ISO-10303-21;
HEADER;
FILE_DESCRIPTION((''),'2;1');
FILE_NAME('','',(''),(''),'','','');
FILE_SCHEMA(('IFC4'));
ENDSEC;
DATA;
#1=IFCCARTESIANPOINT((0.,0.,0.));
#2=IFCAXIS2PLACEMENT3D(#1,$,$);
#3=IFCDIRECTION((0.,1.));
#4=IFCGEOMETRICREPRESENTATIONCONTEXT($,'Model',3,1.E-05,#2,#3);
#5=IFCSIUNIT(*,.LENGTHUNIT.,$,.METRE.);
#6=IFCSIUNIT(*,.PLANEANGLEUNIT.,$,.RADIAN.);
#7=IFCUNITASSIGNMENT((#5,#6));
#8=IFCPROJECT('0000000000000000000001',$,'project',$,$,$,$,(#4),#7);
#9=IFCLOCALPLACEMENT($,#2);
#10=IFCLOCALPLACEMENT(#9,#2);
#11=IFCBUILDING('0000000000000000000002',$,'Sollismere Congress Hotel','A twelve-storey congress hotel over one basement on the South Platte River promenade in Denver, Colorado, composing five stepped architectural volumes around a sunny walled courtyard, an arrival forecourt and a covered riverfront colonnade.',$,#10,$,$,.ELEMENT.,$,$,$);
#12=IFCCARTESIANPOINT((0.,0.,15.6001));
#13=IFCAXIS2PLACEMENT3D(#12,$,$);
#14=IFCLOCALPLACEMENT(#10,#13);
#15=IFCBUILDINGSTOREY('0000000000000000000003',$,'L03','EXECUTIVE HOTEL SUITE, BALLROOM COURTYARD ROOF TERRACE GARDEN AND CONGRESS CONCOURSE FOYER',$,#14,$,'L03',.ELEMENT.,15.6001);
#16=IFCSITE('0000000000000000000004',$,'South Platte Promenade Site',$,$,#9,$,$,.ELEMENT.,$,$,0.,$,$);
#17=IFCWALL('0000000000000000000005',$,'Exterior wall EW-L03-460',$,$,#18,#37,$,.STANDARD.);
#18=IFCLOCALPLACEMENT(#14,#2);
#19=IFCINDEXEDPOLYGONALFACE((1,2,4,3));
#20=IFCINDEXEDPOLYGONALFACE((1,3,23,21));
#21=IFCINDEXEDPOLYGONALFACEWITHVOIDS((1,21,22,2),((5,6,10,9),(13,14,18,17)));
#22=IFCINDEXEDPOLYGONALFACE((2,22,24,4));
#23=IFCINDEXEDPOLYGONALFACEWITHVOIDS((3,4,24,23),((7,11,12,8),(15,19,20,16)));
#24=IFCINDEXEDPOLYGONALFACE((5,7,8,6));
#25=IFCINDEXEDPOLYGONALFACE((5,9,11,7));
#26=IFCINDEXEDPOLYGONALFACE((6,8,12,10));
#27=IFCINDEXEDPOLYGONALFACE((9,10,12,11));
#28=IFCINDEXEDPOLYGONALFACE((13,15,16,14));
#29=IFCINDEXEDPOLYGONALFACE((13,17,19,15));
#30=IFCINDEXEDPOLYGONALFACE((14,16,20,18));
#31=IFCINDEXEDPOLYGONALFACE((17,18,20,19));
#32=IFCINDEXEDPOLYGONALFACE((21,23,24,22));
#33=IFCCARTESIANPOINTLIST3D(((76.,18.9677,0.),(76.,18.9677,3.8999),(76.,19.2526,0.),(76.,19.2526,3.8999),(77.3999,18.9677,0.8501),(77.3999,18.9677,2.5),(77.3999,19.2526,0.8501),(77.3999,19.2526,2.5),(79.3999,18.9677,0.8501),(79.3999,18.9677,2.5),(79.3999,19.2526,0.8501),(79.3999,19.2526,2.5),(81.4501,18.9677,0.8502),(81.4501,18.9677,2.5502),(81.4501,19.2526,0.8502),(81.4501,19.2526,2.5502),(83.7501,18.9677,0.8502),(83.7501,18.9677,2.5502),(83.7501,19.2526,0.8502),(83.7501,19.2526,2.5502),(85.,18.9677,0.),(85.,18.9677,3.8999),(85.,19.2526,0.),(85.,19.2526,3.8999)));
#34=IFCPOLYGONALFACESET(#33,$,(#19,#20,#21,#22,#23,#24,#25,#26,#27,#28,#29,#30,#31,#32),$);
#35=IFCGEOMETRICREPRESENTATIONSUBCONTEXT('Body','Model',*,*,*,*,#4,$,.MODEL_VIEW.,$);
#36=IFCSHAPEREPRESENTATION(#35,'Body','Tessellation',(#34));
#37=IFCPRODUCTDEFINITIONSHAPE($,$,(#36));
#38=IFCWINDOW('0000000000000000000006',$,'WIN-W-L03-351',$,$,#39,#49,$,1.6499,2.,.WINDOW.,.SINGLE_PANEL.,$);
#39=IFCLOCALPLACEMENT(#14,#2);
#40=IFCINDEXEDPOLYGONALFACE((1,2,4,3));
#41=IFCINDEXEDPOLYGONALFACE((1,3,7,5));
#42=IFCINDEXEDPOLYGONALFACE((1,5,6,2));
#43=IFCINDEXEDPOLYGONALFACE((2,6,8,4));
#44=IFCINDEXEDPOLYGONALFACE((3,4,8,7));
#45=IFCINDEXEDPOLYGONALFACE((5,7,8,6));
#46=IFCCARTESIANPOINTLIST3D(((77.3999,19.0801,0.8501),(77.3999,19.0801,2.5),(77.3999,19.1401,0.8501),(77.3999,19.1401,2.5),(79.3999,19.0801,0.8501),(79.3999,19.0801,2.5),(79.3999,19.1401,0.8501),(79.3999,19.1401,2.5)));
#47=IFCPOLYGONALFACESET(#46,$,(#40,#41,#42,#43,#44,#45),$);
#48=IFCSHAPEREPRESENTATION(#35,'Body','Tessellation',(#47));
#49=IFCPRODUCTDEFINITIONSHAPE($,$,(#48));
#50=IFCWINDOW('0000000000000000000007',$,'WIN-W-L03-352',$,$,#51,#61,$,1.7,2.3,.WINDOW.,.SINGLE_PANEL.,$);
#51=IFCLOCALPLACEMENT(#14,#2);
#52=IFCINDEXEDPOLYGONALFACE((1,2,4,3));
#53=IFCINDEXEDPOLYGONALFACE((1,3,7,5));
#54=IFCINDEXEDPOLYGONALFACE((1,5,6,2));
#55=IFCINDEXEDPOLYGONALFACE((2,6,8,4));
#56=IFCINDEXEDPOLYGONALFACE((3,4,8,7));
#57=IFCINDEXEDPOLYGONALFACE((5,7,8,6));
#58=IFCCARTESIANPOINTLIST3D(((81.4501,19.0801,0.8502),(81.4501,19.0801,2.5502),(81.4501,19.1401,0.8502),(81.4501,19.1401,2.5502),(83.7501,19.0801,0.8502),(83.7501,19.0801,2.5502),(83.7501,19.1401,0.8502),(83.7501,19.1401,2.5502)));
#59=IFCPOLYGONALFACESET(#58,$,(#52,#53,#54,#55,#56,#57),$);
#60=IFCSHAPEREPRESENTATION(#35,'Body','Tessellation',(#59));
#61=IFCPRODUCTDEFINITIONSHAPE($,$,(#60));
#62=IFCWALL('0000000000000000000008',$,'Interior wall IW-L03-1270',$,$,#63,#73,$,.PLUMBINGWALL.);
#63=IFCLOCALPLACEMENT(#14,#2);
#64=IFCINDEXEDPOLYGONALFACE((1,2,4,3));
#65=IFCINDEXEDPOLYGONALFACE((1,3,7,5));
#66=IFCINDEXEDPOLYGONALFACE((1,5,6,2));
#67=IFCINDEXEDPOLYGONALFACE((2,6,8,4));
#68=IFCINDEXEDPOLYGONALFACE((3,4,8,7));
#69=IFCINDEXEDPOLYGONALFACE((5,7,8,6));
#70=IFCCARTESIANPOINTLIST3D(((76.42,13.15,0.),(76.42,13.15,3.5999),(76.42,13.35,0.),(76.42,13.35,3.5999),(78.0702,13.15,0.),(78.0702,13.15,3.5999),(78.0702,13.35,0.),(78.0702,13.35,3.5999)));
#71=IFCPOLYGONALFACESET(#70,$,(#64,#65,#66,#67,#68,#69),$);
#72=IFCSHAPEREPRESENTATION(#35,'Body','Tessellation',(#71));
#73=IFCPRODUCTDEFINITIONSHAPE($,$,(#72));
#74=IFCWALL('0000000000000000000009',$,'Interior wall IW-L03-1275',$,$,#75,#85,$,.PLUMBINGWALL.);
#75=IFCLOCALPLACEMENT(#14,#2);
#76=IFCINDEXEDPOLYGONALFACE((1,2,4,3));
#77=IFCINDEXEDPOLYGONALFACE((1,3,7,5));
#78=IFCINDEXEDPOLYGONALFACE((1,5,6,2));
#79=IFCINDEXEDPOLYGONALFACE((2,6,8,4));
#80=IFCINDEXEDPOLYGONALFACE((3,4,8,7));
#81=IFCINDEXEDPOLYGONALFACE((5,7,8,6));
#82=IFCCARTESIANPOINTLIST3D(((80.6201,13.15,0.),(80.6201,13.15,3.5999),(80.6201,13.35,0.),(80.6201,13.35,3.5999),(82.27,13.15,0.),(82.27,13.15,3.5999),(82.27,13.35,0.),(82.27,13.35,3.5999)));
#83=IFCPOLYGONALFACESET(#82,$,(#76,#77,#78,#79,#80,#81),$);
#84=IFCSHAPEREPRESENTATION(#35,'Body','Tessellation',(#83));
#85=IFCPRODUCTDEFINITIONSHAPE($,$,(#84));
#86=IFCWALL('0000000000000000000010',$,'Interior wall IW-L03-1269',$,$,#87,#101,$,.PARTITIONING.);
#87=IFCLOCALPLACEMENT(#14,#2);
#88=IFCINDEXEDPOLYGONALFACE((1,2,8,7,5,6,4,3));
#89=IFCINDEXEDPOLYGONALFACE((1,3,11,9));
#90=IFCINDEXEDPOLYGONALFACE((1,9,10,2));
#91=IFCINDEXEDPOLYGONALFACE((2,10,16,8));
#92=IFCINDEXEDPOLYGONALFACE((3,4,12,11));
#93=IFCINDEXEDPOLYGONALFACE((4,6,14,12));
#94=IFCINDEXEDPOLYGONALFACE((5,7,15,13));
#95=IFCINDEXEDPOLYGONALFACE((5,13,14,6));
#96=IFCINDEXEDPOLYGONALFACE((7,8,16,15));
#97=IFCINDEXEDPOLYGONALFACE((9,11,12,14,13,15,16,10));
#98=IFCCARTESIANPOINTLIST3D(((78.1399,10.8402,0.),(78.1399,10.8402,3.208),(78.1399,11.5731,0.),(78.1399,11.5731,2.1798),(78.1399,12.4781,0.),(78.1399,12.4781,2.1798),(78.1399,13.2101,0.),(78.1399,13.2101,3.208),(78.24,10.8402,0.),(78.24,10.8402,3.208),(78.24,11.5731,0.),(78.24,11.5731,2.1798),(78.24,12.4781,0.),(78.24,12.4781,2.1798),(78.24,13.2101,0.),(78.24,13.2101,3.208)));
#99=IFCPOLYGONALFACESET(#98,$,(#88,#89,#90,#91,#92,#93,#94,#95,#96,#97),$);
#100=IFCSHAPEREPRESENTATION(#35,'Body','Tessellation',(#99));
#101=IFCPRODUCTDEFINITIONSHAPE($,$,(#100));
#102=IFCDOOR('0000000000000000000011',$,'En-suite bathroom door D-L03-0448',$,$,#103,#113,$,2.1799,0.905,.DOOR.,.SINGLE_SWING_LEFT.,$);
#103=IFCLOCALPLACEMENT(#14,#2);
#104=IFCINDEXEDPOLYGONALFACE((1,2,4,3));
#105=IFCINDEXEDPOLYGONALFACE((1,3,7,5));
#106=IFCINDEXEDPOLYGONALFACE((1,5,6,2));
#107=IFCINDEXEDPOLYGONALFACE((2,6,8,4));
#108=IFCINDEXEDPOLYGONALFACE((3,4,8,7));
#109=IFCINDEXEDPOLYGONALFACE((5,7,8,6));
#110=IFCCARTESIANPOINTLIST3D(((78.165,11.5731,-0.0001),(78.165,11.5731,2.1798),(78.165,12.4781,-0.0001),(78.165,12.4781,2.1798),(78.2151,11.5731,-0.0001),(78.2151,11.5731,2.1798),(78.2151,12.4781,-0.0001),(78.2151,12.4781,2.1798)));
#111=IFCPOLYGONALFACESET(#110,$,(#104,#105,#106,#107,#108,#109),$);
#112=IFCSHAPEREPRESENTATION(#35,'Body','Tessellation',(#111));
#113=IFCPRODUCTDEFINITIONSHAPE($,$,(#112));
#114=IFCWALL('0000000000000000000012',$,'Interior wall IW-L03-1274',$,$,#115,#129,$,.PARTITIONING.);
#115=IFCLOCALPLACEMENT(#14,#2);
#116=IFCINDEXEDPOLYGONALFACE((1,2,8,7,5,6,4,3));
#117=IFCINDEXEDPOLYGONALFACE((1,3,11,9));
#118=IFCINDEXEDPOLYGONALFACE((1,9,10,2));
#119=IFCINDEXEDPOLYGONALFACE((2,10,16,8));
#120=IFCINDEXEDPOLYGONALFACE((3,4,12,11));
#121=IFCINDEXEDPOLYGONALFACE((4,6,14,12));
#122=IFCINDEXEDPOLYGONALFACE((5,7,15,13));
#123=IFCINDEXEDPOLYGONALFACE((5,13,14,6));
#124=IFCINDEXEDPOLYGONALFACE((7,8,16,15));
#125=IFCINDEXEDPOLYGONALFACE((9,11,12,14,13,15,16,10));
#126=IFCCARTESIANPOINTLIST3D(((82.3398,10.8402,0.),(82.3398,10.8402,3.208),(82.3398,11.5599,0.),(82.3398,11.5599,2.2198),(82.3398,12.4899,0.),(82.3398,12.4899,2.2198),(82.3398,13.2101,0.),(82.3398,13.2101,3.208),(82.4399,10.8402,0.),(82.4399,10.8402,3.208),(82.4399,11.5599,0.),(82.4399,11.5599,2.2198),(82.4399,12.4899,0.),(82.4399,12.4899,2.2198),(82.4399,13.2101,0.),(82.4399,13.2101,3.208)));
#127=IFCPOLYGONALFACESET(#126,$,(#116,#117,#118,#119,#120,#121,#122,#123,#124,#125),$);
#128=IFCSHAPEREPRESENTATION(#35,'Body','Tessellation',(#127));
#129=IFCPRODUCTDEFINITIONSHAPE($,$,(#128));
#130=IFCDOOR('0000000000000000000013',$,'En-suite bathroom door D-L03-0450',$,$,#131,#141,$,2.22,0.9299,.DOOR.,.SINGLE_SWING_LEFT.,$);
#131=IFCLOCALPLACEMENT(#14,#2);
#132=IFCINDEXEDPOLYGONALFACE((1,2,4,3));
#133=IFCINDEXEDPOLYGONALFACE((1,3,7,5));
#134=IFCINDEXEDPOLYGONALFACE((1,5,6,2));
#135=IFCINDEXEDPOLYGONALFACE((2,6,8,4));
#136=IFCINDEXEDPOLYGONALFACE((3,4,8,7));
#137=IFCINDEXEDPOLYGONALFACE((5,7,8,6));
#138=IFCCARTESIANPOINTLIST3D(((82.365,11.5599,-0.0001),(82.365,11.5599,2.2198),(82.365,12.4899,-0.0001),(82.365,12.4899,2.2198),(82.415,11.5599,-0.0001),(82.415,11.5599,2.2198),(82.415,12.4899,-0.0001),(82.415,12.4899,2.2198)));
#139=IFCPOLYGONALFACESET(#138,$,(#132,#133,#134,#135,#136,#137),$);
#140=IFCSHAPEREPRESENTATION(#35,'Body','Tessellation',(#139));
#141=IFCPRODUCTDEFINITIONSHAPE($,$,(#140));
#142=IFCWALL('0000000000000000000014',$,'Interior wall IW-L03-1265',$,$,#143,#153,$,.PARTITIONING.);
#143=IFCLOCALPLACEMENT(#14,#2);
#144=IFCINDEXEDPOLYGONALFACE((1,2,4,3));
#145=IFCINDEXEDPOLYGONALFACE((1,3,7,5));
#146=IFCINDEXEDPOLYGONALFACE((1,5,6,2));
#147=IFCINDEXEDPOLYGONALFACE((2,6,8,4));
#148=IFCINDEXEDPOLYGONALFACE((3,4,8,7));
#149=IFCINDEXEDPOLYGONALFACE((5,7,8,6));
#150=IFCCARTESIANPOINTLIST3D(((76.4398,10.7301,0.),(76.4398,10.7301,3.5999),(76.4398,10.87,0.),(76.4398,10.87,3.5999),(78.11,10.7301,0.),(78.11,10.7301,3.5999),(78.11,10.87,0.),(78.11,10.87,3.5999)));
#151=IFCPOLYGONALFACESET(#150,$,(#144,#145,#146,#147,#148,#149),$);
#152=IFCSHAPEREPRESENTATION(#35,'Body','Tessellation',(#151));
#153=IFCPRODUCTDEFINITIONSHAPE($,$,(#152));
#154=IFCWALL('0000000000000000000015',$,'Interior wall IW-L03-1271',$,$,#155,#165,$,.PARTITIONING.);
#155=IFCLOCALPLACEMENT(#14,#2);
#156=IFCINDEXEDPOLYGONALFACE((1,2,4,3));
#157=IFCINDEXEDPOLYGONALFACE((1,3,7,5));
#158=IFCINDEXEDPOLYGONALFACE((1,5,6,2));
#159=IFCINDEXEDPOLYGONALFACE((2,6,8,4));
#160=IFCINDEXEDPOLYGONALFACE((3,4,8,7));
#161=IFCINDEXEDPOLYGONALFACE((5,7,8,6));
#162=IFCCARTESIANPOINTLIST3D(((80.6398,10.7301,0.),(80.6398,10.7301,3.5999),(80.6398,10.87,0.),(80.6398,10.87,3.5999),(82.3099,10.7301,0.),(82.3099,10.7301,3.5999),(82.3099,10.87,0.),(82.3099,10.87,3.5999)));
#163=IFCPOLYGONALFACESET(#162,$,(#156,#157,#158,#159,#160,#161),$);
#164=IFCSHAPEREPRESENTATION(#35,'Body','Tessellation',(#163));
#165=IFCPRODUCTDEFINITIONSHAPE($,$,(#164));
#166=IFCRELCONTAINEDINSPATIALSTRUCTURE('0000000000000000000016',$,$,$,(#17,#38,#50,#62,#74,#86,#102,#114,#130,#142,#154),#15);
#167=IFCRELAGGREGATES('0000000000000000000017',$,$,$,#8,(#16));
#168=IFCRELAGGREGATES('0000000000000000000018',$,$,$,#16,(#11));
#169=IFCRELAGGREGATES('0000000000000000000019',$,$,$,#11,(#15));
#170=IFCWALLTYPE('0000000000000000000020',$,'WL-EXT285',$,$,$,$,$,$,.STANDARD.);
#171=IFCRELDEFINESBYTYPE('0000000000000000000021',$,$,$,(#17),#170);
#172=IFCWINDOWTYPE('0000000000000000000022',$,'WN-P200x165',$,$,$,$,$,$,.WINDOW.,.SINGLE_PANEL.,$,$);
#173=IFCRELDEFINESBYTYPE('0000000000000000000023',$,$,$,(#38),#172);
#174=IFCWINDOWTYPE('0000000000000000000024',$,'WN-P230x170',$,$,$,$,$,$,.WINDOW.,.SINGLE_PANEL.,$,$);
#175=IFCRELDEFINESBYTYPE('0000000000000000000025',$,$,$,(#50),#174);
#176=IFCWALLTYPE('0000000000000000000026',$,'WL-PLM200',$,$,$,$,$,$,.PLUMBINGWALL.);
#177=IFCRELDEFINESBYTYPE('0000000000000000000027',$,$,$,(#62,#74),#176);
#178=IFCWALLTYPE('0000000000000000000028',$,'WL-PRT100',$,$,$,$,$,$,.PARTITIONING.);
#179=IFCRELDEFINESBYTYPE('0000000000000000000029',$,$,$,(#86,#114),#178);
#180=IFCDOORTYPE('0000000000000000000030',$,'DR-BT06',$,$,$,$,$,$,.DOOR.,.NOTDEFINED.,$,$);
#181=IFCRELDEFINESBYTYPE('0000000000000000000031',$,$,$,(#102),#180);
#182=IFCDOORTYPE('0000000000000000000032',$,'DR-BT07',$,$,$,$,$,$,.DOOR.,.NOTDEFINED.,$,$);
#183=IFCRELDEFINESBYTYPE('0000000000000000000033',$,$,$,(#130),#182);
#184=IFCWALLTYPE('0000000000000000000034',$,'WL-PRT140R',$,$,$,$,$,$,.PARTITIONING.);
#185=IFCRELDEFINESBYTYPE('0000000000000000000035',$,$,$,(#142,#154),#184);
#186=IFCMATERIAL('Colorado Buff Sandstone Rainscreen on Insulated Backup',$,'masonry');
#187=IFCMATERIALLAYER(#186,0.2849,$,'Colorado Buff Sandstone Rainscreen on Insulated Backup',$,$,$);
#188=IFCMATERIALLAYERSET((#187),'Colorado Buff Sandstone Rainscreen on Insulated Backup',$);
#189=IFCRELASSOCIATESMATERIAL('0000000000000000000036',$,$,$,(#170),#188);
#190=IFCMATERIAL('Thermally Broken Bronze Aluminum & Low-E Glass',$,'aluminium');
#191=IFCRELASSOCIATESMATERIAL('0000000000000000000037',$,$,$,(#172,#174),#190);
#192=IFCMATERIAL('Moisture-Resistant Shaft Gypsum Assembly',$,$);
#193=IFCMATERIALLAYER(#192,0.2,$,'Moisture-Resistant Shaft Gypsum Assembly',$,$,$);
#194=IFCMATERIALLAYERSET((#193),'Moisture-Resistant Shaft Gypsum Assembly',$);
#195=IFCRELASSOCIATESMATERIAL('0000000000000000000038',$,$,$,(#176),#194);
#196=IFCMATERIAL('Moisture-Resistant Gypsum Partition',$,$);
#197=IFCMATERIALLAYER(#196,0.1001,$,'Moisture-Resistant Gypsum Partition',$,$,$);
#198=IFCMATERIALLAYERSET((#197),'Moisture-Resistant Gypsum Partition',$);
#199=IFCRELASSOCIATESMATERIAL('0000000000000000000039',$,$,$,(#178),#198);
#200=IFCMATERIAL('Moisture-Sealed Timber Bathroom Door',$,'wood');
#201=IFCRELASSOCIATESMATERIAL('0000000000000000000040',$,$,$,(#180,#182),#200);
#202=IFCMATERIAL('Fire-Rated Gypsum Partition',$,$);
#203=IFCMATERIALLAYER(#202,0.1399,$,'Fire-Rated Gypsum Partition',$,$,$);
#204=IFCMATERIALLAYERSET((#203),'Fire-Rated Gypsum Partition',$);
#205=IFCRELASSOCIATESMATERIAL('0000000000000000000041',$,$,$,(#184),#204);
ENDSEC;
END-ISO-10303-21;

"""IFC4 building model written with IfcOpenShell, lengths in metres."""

from ifc_helpers import new_model, si_unit, direction, frame, frame_2d, origin, place, context, subcontext, project, spatial, rectangle, extrude, material, layer, layer_set, type_object, element, fill, save


model = new_model("IFC4")

# Units and contexts
model_context = context("Model", 3, precision=1e-05, world=origin(), true_north=direction((0.0, 1.0)))
body_context = subcontext(model_context, "Body", "Model", "MODEL_VIEW")
ifc_project = project(units=[si_unit("LENGTHUNIT", "METRE"), si_unit("PLANEANGLEUNIT", "RADIAN")], contexts=[model_context])

# Site, building, storey
site_placement = place(None, origin())
site = spatial("IfcSite", under=ifc_project, at=site_placement, Name="South Platte Promenade Site", CompositionType="ELEMENT", RefElevation=0.0)
building_placement = place(site_placement, origin())
building = spatial("IfcBuilding", under=site, at=building_placement, Name="Sollismere Congress Hotel", Description="A twelve-storey congress hotel over one basement on the South Platte River promenade in Denver, Colorado, composing five stepped architectural volumes around a sunny walled courtyard, an arrival forecourt and a covered riverfront colonnade.", CompositionType="ELEMENT")
storey_placement = place(building_placement, frame((0.0, 0.0, 15.6001)))
storey = spatial("IfcBuildingStorey", under=building, at=storey_placement, Name="L03", Description="EXECUTIVE HOTEL SUITE, BALLROOM COURTYARD ROOF TERRACE GARDEN AND CONGRESS CONCOURSE FOYER", LongName="L03", CompositionType="ELEMENT", Elevation=15.6001)

# Wall, openings, windows
ifc_material_1 = material(Name="Colorado Buff Sandstone Rainscreen on Insulated Backup", Category="masonry")
ifc_layer_1 = layer(ifc_material_1, 0.2849, Name="Colorado Buff Sandstone Rainscreen on Insulated Backup")
ifc_layer_set_1 = layer_set([ifc_layer_1], Name="Colorado Buff Sandstone Rainscreen on Insulated Backup")
wall_type_1 = type_object("IfcWallType", Name="WL-EXT285", PredefinedType="STANDARD", material=ifc_layer_set_1)
wall_1_placement = place(storey_placement, frame((85.0, 19.1101, 0.0), z_axis=(0.0, 0.0, 1.0), x_axis=(-1.0, 0.0, 0.0)))
wall_1 = element("IfcWall", 1, at=wall_1_placement, inside=storey, type_object=wall_type_1, Name="Exterior wall EW-L03-460", PredefinedType="STANDARD", context=body_context, shape_type="SweptSolid", body=[
    extrude(rectangle(XDim=9.0, YDim=0.2849, at=frame_2d((4.5, 0.0))), origin(), (0.0, 0.0, 1.0), 3.8999),
])
opening_1_placement = place(wall_1_placement, frame((5.6001, 0.0, 0.8501)))
opening_1 = element("IfcOpeningElement", 2, at=opening_1_placement, cuts=wall_1, PredefinedType="OPENING", context=body_context, shape_type="SweptSolid", body=[
    extrude(rectangle(XDim=2.0, YDim=1.6499, at=frame_2d((1.0, 0.825))), frame((0.0, 0.1523, 0.0), z_axis=(0.0, -1.0, 0.0), x_axis=(1.0, 0.0, 0.0)), (0.0, 0.0, 1.0), 0.3049),
])
opening_2_placement = place(wall_1_placement, frame((1.25, 0.0, 0.8501)))
opening_2 = element("IfcOpeningElement", 3, at=opening_2_placement, cuts=wall_1, PredefinedType="OPENING", context=body_context, shape_type="SweptSolid", body=[
    extrude(rectangle(XDim=2.3, YDim=1.7, at=frame_2d((1.1499, 0.8501))), frame((0.0, 0.1523, 0.0), z_axis=(0.0, -1.0, 0.0), x_axis=(1.0, 0.0, 0.0)), (0.0, 0.0, 1.0), 0.3049),
])
ifc_material_2 = material(Name="Thermally Broken Bronze Aluminum & Low-E Glass", Category="aluminium")
window_type_1 = type_object("IfcWindowType", Name="WN-P200x165", PartitioningType="SINGLE_PANEL", PredefinedType="WINDOW", material=ifc_material_2)
window_1_placement = place(opening_1_placement, origin())
window_1 = element("IfcWindow", 4, at=window_1_placement, inside=storey, type_object=window_type_1, Name="WIN-W-L03-351", OverallHeight=1.6499, OverallWidth=2.0, PartitioningType="SINGLE_PANEL", PredefinedType="WINDOW", context=body_context, shape_type="SweptSolid", body=[
    extrude(rectangle(XDim=2.0, YDim=1.6499, at=frame_2d((1.0, 0.825))), frame((0.0, 0.03, 0.0), z_axis=(0.0, -1.0, 0.0), x_axis=(1.0, 0.0, 0.0)), (0.0, 0.0, 1.0), 0.0601),
])
fill(opening_1, window_1)
window_type_2 = type_object("IfcWindowType", Name="WN-P230x170", PartitioningType="SINGLE_PANEL", PredefinedType="WINDOW", material=ifc_material_2)
window_2_placement = place(opening_2_placement, origin())
window_2 = element("IfcWindow", 5, at=window_2_placement, inside=storey, type_object=window_type_2, Name="WIN-W-L03-352", OverallHeight=1.7, OverallWidth=2.3, PartitioningType="SINGLE_PANEL", PredefinedType="WINDOW", context=body_context, shape_type="SweptSolid", body=[
    extrude(rectangle(XDim=2.3, YDim=1.7, at=frame_2d((1.1499, 0.8501))), frame((0.0, 0.03, 0.0), z_axis=(0.0, -1.0, 0.0), x_axis=(1.0, 0.0, 0.0)), (0.0, 0.0, 1.0), 0.0601),
])
fill(opening_2, window_2)

# Walls
ifc_material_3 = material(Name="Moisture-Resistant Shaft Gypsum Assembly")
ifc_layer_2 = layer(ifc_material_3, 0.2, Name="Moisture-Resistant Shaft Gypsum Assembly")
ifc_layer_set_2 = layer_set([ifc_layer_2], Name="Moisture-Resistant Shaft Gypsum Assembly")
wall_type_2 = type_object("IfcWallType", Name="WL-PLM200", PredefinedType="PLUMBINGWALL", material=ifc_layer_set_2)
wall_2_placement = place(storey_placement, frame((76.4199, 13.25, 0.0), z_axis=(0.0, 0.0, 1.0), x_axis=(1.0, 0.0, 0.0)))
element("IfcWall", 6, at=wall_2_placement, inside=storey, type_object=wall_type_2, Name="Interior wall IW-L03-1270", PredefinedType="PLUMBINGWALL", context=body_context, shape_type="SweptSolid", body=[
    extrude(rectangle(XDim=1.6501, YDim=0.2, at=frame_2d((0.8252, 0.0))), origin(), (0.0, 0.0, 1.0), 3.5999),
])
wall_3_placement = place(storey_placement, frame((80.6201, 13.25, 0.0), z_axis=(0.0, 0.0, 1.0), x_axis=(1.0, 0.0, 0.0)))
element("IfcWall", 7, at=wall_3_placement, inside=storey, type_object=wall_type_2, Name="Interior wall IW-L03-1275", PredefinedType="PLUMBINGWALL", context=body_context, shape_type="SweptSolid", body=[
    extrude(rectangle(XDim=1.6499, YDim=0.2, at=frame_2d((0.825, 0.0))), origin(), (0.0, 0.0, 1.0), 3.5999),
])

# Walls, openings, doors
ifc_material_4 = material(Name="Moisture-Resistant Gypsum Partition")
ifc_layer_3 = layer(ifc_material_4, 0.1001, Name="Moisture-Resistant Gypsum Partition")
ifc_layer_set_3 = layer_set([ifc_layer_3], Name="Moisture-Resistant Gypsum Partition")
wall_type_3 = type_object("IfcWallType", Name="WL-PRT100", PredefinedType="PARTITIONING", material=ifc_layer_set_3)
wall_4_placement = place(storey_placement, frame((78.1899, 10.8401, 0.0), z_axis=(0.0, 0.0, 1.0), x_axis=(0.0, 1.0, 0.0)))
wall_4 = element("IfcWall", 8, at=wall_4_placement, inside=storey, type_object=wall_type_3, Name="Interior wall IW-L03-1269", PredefinedType="PARTITIONING", context=body_context, shape_type="SweptSolid", body=[
    extrude(rectangle(XDim=2.3699, YDim=0.1001, at=frame_2d((1.1851, 0.0))), origin(), (0.0, 0.0, 1.0), 3.208),
])
opening_3_placement = place(wall_4_placement, frame((0.7329, 0.0, 0.0)))
opening_3 = element("IfcOpeningElement", 9, at=opening_3_placement, cuts=wall_4, PredefinedType="OPENING", context=body_context, shape_type="SweptSolid", body=[
    extrude(rectangle(XDim=0.905, YDim=2.1799, at=frame_2d((0.4526, 1.0898))), frame((0.0, 0.0601, 0.0), z_axis=(0.0, -1.0, 0.0), x_axis=(1.0, 0.0, 0.0)), (0.0, 0.0, 1.0), 0.1201),
])
ifc_material_5 = material(Name="Moisture-Sealed Timber Bathroom Door", Category="wood")
door_type_1 = type_object("IfcDoorType", Name="DR-BT06", OperationType="NOTDEFINED", PredefinedType="DOOR", material=ifc_material_5)
door_1_placement = place(opening_3_placement, origin())
door_1 = element("IfcDoor", 10, at=door_1_placement, inside=storey, type_object=door_type_1, Name="En-suite bathroom door D-L03-0448", OperationType="SINGLE_SWING_LEFT", OverallHeight=2.1799, OverallWidth=0.905, PredefinedType="DOOR", context=body_context, shape_type="SweptSolid", body=[
    extrude(rectangle(XDim=0.905, YDim=2.1799, at=frame_2d((0.4526, 1.0898))), frame((0.0, 0.0249, 0.0), z_axis=(0.0, -1.0, 0.0), x_axis=(1.0, 0.0, 0.0)), (0.0, 0.0, 1.0), 0.05),
])
fill(opening_3, door_1)
wall_5_placement = place(storey_placement, frame((82.3899, 10.8401, 0.0), z_axis=(0.0, 0.0, 1.0), x_axis=(0.0, 1.0, 0.0)))
wall_5 = element("IfcWall", 11, at=wall_5_placement, inside=storey, type_object=wall_type_3, Name="Interior wall IW-L03-1274", PredefinedType="PARTITIONING", context=body_context, shape_type="SweptSolid", body=[
    extrude(rectangle(XDim=2.3699, YDim=0.1001, at=frame_2d((1.1851, 0.0))), origin(), (0.0, 0.0, 1.0), 3.208),
])
opening_4_placement = place(wall_5_placement, frame((0.72, 0.0, 0.0)))
opening_4 = element("IfcOpeningElement", 12, at=opening_4_placement, cuts=wall_5, PredefinedType="OPENING", context=body_context, shape_type="SweptSolid", body=[
    extrude(rectangle(XDim=0.9299, YDim=2.22, at=frame_2d((0.4648, 1.1099))), frame((0.0, 0.0601, 0.0), z_axis=(0.0, -1.0, 0.0), x_axis=(1.0, 0.0, 0.0)), (0.0, 0.0, 1.0), 0.1201),
])
door_type_2 = type_object("IfcDoorType", Name="DR-BT07", OperationType="NOTDEFINED", PredefinedType="DOOR", material=ifc_material_5)
door_2_placement = place(opening_4_placement, origin())
door_2 = element("IfcDoor", 13, at=door_2_placement, inside=storey, type_object=door_type_2, Name="En-suite bathroom door D-L03-0450", OperationType="SINGLE_SWING_LEFT", OverallHeight=2.22, OverallWidth=0.9299, PredefinedType="DOOR", context=body_context, shape_type="SweptSolid", body=[
    extrude(rectangle(XDim=0.9299, YDim=2.22, at=frame_2d((0.4648, 1.1099))), frame((0.0, 0.0249, 0.0), z_axis=(0.0, -1.0, 0.0), x_axis=(1.0, 0.0, 0.0)), (0.0, 0.0, 1.0), 0.05),
])
fill(opening_4, door_2)

# Wall
ifc_material_6 = material(Name="Fire-Rated Gypsum Partition")
ifc_layer_4 = layer(ifc_material_6, 0.1399, Name="Fire-Rated Gypsum Partition")
ifc_layer_set_4 = layer_set([ifc_layer_4], Name="Fire-Rated Gypsum Partition")
wall_type_4 = type_object("IfcWallType", Name="WL-PRT140R", PredefinedType="PARTITIONING", material=ifc_layer_set_4)
wall_6_placement = place(storey_placement, frame((76.4399, 10.8, 0.0), z_axis=(0.0, 0.0, 1.0), x_axis=(1.0, 0.0, 0.0)))
element("IfcWall", 14, at=wall_6_placement, inside=storey, type_object=wall_type_4, Name="Interior wall IW-L03-1265", PredefinedType="PARTITIONING", context=body_context, shape_type="SweptSolid", body=[
    extrude(rectangle(XDim=1.6702, YDim=0.1399, at=frame_2d((0.835, 0.0))), origin(), (0.0, 0.0, 1.0), 3.5999),
])

# Wall
wall_7_placement = place(storey_placement, frame((80.6399, 10.8, 0.0), z_axis=(0.0, 0.0, 1.0), x_axis=(1.0, 0.0, 0.0)))
element("IfcWall", 15, at=wall_7_placement, inside=storey, type_object=wall_type_4, Name="Interior wall IW-L03-1271", PredefinedType="PARTITIONING", context=body_context, shape_type="SweptSolid", body=[
    extrude(rectangle(XDim=1.6702, YDim=0.1399, at=frame_2d((0.835, 0.0))), origin(), (0.0, 0.0, 1.0), 3.5999),
])

save(model, "model.ifc")
